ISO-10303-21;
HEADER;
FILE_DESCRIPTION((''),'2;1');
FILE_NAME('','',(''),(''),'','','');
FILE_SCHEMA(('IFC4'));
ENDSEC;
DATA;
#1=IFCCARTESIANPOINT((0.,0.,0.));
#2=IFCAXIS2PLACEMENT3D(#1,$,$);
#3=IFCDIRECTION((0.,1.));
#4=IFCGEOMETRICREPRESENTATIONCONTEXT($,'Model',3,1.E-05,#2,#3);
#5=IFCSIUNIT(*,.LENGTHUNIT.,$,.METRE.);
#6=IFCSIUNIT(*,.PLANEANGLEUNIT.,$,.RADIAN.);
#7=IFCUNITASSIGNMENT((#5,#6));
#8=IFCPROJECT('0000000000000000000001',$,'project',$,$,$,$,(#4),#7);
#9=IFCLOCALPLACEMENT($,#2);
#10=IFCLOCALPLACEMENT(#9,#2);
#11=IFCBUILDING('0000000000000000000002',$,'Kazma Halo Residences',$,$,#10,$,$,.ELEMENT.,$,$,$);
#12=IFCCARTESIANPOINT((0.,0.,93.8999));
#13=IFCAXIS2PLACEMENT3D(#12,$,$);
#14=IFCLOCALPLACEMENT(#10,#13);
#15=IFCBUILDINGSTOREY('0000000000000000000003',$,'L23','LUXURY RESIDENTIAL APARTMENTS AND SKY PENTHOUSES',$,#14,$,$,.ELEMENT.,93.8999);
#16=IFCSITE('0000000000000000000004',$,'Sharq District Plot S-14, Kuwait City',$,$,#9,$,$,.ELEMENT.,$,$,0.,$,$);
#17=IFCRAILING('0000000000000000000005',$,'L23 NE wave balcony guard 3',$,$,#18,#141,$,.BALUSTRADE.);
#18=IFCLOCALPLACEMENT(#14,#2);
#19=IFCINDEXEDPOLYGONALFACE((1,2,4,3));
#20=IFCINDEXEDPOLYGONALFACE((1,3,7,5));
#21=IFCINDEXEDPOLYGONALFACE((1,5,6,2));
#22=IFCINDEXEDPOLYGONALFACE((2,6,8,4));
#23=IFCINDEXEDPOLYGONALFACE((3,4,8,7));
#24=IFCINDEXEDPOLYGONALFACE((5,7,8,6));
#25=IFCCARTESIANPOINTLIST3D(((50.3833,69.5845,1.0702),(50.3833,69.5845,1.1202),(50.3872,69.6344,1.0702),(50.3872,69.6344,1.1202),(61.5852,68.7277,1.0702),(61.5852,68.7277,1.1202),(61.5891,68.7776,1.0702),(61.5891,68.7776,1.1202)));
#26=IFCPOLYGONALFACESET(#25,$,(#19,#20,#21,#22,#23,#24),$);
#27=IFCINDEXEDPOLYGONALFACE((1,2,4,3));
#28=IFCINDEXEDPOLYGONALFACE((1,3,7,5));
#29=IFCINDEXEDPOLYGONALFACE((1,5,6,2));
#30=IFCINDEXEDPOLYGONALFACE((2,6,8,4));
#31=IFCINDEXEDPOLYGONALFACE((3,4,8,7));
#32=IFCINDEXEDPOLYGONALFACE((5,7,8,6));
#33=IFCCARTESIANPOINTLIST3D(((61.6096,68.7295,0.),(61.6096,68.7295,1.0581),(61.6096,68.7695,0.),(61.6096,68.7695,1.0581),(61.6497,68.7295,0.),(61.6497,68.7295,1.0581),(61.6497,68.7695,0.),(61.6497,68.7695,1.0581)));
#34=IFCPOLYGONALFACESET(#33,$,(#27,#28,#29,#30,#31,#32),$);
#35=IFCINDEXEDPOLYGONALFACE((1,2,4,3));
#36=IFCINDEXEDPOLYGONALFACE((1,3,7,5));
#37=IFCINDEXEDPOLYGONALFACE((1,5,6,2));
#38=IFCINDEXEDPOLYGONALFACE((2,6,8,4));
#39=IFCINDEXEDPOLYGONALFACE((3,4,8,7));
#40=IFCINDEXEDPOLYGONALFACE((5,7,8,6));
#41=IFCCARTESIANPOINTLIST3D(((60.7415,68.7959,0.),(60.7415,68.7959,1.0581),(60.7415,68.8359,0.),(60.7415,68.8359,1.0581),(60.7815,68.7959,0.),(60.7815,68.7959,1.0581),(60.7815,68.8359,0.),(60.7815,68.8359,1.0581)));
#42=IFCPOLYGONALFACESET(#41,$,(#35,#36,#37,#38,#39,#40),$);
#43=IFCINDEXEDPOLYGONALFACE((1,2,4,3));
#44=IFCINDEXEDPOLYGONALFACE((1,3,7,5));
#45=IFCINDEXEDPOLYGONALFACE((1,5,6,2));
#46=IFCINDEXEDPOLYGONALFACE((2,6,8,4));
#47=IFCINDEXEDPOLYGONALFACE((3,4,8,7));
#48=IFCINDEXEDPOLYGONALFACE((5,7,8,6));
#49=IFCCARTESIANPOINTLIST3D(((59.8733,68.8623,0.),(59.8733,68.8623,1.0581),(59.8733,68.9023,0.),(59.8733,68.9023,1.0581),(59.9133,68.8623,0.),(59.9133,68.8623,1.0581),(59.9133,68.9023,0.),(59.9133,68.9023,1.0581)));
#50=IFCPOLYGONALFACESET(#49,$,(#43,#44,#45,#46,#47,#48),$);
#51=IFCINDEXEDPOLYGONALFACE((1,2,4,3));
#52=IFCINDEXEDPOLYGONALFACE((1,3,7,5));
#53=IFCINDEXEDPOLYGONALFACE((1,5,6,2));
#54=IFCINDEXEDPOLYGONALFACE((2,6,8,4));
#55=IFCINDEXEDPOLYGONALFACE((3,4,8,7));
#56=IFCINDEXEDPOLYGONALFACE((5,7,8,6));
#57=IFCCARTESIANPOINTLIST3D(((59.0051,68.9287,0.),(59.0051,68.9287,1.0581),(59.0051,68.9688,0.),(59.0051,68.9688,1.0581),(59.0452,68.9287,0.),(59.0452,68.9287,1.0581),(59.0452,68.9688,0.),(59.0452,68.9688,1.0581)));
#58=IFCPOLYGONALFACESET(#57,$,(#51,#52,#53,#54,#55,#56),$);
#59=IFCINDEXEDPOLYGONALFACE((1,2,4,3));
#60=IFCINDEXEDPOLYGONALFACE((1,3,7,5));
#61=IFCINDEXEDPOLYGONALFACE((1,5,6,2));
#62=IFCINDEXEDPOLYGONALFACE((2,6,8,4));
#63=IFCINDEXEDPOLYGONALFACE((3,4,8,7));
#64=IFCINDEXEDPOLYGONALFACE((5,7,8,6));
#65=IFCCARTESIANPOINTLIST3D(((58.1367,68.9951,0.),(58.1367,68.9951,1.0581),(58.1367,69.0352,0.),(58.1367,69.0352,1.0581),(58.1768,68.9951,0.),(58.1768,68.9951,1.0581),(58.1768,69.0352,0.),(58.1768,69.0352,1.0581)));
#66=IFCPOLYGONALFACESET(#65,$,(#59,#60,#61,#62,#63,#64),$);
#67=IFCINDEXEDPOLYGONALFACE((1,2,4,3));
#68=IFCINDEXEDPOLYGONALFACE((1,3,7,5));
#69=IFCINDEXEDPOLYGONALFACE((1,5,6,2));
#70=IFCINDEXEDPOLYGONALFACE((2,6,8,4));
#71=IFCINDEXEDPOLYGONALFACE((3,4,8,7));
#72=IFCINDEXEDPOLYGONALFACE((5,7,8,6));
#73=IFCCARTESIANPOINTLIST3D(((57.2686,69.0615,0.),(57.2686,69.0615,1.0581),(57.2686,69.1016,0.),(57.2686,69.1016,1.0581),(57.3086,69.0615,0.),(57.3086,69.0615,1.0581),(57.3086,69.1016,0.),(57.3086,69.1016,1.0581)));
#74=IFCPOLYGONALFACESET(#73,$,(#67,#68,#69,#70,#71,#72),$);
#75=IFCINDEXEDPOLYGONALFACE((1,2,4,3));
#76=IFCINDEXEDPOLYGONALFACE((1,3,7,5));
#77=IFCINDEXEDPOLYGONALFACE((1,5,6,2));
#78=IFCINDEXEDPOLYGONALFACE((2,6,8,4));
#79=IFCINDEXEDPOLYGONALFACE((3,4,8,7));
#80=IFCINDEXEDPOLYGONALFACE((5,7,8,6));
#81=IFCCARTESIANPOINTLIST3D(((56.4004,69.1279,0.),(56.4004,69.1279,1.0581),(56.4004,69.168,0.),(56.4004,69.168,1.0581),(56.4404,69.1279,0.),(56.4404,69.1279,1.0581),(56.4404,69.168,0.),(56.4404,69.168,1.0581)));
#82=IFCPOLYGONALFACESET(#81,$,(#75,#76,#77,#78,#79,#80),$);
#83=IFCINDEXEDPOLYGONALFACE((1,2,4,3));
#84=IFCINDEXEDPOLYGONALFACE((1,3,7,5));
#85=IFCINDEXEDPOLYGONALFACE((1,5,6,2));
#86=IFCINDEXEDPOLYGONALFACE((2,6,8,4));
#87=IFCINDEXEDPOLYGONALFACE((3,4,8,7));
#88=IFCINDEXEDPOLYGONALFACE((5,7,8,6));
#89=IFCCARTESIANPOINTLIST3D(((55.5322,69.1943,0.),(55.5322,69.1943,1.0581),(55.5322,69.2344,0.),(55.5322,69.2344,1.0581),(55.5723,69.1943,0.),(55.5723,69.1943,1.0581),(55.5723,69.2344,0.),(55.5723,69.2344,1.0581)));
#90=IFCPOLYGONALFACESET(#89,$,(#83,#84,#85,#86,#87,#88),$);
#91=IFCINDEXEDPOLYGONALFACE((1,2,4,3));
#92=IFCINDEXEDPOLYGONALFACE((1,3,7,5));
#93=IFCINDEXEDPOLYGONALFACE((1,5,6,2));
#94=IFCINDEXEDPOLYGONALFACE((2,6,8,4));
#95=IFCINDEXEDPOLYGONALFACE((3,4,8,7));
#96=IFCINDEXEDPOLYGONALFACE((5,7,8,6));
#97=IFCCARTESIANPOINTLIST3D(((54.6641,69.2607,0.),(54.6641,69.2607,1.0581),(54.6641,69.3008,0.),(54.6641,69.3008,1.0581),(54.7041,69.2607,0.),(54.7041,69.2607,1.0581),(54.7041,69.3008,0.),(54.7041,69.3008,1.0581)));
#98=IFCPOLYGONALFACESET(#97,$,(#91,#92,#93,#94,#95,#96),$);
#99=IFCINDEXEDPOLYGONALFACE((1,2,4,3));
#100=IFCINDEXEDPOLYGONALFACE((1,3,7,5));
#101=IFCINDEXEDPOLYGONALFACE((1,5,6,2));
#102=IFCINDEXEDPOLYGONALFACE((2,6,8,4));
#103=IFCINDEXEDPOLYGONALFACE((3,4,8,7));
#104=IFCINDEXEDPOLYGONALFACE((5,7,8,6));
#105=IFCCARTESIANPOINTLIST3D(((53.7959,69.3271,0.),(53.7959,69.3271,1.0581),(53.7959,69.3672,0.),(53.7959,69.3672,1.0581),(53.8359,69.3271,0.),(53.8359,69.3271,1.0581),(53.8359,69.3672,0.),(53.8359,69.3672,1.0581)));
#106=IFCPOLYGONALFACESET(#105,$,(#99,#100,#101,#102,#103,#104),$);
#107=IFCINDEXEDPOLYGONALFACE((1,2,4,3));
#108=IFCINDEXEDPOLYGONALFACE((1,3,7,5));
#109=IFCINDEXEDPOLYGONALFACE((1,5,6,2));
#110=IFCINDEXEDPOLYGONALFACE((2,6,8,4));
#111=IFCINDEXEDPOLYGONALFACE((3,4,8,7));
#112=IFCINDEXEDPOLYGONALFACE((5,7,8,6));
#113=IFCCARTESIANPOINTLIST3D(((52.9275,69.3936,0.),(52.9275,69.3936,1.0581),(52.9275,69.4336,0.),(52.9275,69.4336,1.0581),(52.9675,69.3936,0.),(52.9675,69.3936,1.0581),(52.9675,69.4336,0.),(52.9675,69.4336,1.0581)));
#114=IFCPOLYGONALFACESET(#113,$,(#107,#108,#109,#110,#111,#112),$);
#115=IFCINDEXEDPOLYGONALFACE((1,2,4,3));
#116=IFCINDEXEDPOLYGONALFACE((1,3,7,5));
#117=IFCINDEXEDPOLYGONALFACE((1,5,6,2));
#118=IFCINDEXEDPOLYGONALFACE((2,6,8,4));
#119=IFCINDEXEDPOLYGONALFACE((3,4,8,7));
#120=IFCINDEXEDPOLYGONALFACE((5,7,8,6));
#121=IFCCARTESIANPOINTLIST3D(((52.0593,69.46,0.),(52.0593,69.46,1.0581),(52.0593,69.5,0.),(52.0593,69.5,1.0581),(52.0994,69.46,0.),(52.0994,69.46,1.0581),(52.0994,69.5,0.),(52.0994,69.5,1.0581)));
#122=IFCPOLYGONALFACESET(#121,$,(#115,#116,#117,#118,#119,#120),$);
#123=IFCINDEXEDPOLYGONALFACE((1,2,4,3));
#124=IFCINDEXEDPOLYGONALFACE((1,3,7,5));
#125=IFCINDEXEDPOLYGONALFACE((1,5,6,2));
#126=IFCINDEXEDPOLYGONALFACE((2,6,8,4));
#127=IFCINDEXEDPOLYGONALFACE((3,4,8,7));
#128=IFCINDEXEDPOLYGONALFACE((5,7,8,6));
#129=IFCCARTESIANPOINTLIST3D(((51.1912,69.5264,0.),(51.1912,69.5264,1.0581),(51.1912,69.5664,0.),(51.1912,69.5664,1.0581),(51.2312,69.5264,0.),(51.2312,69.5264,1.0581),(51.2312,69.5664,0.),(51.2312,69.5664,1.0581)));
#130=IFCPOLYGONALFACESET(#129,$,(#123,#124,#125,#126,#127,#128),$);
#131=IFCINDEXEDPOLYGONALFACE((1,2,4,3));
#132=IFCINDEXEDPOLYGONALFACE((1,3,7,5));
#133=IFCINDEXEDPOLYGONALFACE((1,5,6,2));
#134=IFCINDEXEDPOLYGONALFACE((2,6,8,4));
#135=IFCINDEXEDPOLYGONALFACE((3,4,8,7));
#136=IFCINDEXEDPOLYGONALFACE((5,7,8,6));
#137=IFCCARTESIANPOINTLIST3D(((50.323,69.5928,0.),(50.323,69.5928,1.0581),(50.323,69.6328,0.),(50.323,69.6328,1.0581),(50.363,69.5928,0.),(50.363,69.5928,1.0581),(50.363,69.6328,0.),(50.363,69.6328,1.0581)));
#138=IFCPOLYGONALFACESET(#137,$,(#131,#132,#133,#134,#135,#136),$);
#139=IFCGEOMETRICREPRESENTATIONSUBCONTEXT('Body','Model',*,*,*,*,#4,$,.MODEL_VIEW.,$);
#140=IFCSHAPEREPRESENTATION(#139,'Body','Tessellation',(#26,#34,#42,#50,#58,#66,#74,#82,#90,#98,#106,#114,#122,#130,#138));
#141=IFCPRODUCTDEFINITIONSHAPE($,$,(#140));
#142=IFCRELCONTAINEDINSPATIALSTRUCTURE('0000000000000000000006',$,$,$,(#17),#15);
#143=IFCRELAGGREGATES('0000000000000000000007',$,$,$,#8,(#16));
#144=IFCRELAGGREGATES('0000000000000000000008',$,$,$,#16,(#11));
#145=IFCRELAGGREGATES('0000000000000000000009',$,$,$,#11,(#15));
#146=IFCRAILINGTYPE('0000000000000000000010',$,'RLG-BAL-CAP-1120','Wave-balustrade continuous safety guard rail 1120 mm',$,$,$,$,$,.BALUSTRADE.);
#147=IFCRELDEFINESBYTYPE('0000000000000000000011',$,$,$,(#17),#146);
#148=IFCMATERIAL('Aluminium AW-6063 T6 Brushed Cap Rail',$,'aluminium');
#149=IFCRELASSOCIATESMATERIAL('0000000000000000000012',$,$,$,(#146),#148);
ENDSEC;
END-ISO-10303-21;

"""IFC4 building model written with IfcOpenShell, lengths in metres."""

from ifc_helpers import new_model, si_unit, direction, frame, origin, origin_2d, place, context, subcontext, project, spatial, rectangle, extrude, material, type_object, element, save


model = new_model("IFC4")

# Units and contexts
model_context = context("Model", 3, precision=1e-05, world=origin(), true_north=direction((0.0, 1.0)))
body_context = subcontext(model_context, "Body", "Model", "MODEL_VIEW")
ifc_project = project(units=[si_unit("LENGTHUNIT", "METRE"), si_unit("PLANEANGLEUNIT", "RADIAN")], contexts=[model_context])

# Site, building, storey
site_placement = place(None, origin())
site = spatial("IfcSite", under=ifc_project, at=site_placement, Name="Sharq District Plot S-14, Kuwait City", CompositionType="ELEMENT", RefElevation=0.0)
building_placement = place(site_placement, origin())
building = spatial("IfcBuilding", under=site, at=building_placement, Name="Kazma Halo Residences", CompositionType="ELEMENT")
storey_placement = place(building_placement, frame((0.0, 0.0, 93.8999)))
storey = spatial("IfcBuildingStorey", under=building, at=storey_placement, Name="L23", Description="LUXURY RESIDENTIAL APARTMENTS AND SKY PENTHOUSES", CompositionType="ELEMENT", Elevation=93.8999)

# Railing
ifc_material_1 = material(Name="Aluminium AW-6063 T6 Brushed Cap Rail", Category="aluminium")
railing_type = type_object("IfcRailingType", Name="RLG-BAL-CAP-1120", Description="Wave-balustrade continuous safety guard rail 1120 mm", PredefinedType="BALUSTRADE", material=ifc_material_1)
railing_1_placement = place(storey_placement, frame((61.6296, 68.7495, 0.0)))
element("IfcRailing", 1, at=railing_1_placement, inside=storey, type_object=railing_type, Name="L23 NE wave balcony guard 3", PredefinedType="BALUSTRADE", context=body_context, shape_type="SweptSolid", body=[
    extrude(rectangle(XDim=0.05, YDim=0.05, at=origin_2d()), frame((-0.0425, 0.0032, 1.0952), z_axis=(-0.997088, 0.076264, 0.0), x_axis=(-0.076264, -0.997088, 0.0)), (0.0, 0.0, 1.0), 11.2346),
    extrude(rectangle(XDim=0.04, YDim=0.04, at=origin_2d()), origin(), (0.0, 0.0, 1.0), 1.0581),
    extrude(rectangle(XDim=0.04, YDim=0.04, at=origin_2d()), frame((-0.8682, 0.0664, 0.0)), (0.0, 0.0, 1.0), 1.0581),
    extrude(rectangle(XDim=0.04, YDim=0.04, at=origin_2d()), frame((-1.7363, 0.1328, 0.0)), (0.0, 0.0, 1.0), 1.0581),
    extrude(rectangle(XDim=0.04, YDim=0.04, at=origin_2d()), frame((-2.6045, 0.1992, 0.0)), (0.0, 0.0, 1.0), 1.0581),
    extrude(rectangle(XDim=0.04, YDim=0.04, at=origin_2d()), frame((-3.4729, 0.2656, 0.0)), (0.0, 0.0, 1.0), 1.0581),
    extrude(rectangle(XDim=0.04, YDim=0.04, at=origin_2d()), frame((-4.3411, 0.332, 0.0)), (0.0, 0.0, 1.0), 1.0581),
    extrude(rectangle(XDim=0.04, YDim=0.04, at=origin_2d()), frame((-5.2092, 0.3984, 0.0)), (0.0, 0.0, 1.0), 1.0581),
    extrude(rectangle(XDim=0.04, YDim=0.04, at=origin_2d()), frame((-6.0774, 0.4648, 0.0)), (0.0, 0.0, 1.0), 1.0581),
    extrude(rectangle(XDim=0.04, YDim=0.04, at=origin_2d()), frame((-6.9456, 0.5312, 0.0)), (0.0, 0.0, 1.0), 1.0581),
    extrude(rectangle(XDim=0.04, YDim=0.04, at=origin_2d()), frame((-7.8137, 0.5977, 0.0)), (0.0, 0.0, 1.0), 1.0581),
    extrude(rectangle(XDim=0.04, YDim=0.04, at=origin_2d()), frame((-8.6821, 0.6641, 0.0)), (0.0, 0.0, 1.0), 1.0581),
    extrude(rectangle(XDim=0.04, YDim=0.04, at=origin_2d()), frame((-9.5503, 0.7305, 0.0)), (0.0, 0.0, 1.0), 1.0581),
    extrude(rectangle(XDim=0.04, YDim=0.04, at=origin_2d()), frame((-10.4185, 0.7969, 0.0)), (0.0, 0.0, 1.0), 1.0581),
    extrude(rectangle(XDim=0.04, YDim=0.04, at=origin_2d()), frame((-11.2866, 0.8633, 0.0)), (0.0, 0.0, 1.0), 1.0581),
])

save(model, "model.ifc")
